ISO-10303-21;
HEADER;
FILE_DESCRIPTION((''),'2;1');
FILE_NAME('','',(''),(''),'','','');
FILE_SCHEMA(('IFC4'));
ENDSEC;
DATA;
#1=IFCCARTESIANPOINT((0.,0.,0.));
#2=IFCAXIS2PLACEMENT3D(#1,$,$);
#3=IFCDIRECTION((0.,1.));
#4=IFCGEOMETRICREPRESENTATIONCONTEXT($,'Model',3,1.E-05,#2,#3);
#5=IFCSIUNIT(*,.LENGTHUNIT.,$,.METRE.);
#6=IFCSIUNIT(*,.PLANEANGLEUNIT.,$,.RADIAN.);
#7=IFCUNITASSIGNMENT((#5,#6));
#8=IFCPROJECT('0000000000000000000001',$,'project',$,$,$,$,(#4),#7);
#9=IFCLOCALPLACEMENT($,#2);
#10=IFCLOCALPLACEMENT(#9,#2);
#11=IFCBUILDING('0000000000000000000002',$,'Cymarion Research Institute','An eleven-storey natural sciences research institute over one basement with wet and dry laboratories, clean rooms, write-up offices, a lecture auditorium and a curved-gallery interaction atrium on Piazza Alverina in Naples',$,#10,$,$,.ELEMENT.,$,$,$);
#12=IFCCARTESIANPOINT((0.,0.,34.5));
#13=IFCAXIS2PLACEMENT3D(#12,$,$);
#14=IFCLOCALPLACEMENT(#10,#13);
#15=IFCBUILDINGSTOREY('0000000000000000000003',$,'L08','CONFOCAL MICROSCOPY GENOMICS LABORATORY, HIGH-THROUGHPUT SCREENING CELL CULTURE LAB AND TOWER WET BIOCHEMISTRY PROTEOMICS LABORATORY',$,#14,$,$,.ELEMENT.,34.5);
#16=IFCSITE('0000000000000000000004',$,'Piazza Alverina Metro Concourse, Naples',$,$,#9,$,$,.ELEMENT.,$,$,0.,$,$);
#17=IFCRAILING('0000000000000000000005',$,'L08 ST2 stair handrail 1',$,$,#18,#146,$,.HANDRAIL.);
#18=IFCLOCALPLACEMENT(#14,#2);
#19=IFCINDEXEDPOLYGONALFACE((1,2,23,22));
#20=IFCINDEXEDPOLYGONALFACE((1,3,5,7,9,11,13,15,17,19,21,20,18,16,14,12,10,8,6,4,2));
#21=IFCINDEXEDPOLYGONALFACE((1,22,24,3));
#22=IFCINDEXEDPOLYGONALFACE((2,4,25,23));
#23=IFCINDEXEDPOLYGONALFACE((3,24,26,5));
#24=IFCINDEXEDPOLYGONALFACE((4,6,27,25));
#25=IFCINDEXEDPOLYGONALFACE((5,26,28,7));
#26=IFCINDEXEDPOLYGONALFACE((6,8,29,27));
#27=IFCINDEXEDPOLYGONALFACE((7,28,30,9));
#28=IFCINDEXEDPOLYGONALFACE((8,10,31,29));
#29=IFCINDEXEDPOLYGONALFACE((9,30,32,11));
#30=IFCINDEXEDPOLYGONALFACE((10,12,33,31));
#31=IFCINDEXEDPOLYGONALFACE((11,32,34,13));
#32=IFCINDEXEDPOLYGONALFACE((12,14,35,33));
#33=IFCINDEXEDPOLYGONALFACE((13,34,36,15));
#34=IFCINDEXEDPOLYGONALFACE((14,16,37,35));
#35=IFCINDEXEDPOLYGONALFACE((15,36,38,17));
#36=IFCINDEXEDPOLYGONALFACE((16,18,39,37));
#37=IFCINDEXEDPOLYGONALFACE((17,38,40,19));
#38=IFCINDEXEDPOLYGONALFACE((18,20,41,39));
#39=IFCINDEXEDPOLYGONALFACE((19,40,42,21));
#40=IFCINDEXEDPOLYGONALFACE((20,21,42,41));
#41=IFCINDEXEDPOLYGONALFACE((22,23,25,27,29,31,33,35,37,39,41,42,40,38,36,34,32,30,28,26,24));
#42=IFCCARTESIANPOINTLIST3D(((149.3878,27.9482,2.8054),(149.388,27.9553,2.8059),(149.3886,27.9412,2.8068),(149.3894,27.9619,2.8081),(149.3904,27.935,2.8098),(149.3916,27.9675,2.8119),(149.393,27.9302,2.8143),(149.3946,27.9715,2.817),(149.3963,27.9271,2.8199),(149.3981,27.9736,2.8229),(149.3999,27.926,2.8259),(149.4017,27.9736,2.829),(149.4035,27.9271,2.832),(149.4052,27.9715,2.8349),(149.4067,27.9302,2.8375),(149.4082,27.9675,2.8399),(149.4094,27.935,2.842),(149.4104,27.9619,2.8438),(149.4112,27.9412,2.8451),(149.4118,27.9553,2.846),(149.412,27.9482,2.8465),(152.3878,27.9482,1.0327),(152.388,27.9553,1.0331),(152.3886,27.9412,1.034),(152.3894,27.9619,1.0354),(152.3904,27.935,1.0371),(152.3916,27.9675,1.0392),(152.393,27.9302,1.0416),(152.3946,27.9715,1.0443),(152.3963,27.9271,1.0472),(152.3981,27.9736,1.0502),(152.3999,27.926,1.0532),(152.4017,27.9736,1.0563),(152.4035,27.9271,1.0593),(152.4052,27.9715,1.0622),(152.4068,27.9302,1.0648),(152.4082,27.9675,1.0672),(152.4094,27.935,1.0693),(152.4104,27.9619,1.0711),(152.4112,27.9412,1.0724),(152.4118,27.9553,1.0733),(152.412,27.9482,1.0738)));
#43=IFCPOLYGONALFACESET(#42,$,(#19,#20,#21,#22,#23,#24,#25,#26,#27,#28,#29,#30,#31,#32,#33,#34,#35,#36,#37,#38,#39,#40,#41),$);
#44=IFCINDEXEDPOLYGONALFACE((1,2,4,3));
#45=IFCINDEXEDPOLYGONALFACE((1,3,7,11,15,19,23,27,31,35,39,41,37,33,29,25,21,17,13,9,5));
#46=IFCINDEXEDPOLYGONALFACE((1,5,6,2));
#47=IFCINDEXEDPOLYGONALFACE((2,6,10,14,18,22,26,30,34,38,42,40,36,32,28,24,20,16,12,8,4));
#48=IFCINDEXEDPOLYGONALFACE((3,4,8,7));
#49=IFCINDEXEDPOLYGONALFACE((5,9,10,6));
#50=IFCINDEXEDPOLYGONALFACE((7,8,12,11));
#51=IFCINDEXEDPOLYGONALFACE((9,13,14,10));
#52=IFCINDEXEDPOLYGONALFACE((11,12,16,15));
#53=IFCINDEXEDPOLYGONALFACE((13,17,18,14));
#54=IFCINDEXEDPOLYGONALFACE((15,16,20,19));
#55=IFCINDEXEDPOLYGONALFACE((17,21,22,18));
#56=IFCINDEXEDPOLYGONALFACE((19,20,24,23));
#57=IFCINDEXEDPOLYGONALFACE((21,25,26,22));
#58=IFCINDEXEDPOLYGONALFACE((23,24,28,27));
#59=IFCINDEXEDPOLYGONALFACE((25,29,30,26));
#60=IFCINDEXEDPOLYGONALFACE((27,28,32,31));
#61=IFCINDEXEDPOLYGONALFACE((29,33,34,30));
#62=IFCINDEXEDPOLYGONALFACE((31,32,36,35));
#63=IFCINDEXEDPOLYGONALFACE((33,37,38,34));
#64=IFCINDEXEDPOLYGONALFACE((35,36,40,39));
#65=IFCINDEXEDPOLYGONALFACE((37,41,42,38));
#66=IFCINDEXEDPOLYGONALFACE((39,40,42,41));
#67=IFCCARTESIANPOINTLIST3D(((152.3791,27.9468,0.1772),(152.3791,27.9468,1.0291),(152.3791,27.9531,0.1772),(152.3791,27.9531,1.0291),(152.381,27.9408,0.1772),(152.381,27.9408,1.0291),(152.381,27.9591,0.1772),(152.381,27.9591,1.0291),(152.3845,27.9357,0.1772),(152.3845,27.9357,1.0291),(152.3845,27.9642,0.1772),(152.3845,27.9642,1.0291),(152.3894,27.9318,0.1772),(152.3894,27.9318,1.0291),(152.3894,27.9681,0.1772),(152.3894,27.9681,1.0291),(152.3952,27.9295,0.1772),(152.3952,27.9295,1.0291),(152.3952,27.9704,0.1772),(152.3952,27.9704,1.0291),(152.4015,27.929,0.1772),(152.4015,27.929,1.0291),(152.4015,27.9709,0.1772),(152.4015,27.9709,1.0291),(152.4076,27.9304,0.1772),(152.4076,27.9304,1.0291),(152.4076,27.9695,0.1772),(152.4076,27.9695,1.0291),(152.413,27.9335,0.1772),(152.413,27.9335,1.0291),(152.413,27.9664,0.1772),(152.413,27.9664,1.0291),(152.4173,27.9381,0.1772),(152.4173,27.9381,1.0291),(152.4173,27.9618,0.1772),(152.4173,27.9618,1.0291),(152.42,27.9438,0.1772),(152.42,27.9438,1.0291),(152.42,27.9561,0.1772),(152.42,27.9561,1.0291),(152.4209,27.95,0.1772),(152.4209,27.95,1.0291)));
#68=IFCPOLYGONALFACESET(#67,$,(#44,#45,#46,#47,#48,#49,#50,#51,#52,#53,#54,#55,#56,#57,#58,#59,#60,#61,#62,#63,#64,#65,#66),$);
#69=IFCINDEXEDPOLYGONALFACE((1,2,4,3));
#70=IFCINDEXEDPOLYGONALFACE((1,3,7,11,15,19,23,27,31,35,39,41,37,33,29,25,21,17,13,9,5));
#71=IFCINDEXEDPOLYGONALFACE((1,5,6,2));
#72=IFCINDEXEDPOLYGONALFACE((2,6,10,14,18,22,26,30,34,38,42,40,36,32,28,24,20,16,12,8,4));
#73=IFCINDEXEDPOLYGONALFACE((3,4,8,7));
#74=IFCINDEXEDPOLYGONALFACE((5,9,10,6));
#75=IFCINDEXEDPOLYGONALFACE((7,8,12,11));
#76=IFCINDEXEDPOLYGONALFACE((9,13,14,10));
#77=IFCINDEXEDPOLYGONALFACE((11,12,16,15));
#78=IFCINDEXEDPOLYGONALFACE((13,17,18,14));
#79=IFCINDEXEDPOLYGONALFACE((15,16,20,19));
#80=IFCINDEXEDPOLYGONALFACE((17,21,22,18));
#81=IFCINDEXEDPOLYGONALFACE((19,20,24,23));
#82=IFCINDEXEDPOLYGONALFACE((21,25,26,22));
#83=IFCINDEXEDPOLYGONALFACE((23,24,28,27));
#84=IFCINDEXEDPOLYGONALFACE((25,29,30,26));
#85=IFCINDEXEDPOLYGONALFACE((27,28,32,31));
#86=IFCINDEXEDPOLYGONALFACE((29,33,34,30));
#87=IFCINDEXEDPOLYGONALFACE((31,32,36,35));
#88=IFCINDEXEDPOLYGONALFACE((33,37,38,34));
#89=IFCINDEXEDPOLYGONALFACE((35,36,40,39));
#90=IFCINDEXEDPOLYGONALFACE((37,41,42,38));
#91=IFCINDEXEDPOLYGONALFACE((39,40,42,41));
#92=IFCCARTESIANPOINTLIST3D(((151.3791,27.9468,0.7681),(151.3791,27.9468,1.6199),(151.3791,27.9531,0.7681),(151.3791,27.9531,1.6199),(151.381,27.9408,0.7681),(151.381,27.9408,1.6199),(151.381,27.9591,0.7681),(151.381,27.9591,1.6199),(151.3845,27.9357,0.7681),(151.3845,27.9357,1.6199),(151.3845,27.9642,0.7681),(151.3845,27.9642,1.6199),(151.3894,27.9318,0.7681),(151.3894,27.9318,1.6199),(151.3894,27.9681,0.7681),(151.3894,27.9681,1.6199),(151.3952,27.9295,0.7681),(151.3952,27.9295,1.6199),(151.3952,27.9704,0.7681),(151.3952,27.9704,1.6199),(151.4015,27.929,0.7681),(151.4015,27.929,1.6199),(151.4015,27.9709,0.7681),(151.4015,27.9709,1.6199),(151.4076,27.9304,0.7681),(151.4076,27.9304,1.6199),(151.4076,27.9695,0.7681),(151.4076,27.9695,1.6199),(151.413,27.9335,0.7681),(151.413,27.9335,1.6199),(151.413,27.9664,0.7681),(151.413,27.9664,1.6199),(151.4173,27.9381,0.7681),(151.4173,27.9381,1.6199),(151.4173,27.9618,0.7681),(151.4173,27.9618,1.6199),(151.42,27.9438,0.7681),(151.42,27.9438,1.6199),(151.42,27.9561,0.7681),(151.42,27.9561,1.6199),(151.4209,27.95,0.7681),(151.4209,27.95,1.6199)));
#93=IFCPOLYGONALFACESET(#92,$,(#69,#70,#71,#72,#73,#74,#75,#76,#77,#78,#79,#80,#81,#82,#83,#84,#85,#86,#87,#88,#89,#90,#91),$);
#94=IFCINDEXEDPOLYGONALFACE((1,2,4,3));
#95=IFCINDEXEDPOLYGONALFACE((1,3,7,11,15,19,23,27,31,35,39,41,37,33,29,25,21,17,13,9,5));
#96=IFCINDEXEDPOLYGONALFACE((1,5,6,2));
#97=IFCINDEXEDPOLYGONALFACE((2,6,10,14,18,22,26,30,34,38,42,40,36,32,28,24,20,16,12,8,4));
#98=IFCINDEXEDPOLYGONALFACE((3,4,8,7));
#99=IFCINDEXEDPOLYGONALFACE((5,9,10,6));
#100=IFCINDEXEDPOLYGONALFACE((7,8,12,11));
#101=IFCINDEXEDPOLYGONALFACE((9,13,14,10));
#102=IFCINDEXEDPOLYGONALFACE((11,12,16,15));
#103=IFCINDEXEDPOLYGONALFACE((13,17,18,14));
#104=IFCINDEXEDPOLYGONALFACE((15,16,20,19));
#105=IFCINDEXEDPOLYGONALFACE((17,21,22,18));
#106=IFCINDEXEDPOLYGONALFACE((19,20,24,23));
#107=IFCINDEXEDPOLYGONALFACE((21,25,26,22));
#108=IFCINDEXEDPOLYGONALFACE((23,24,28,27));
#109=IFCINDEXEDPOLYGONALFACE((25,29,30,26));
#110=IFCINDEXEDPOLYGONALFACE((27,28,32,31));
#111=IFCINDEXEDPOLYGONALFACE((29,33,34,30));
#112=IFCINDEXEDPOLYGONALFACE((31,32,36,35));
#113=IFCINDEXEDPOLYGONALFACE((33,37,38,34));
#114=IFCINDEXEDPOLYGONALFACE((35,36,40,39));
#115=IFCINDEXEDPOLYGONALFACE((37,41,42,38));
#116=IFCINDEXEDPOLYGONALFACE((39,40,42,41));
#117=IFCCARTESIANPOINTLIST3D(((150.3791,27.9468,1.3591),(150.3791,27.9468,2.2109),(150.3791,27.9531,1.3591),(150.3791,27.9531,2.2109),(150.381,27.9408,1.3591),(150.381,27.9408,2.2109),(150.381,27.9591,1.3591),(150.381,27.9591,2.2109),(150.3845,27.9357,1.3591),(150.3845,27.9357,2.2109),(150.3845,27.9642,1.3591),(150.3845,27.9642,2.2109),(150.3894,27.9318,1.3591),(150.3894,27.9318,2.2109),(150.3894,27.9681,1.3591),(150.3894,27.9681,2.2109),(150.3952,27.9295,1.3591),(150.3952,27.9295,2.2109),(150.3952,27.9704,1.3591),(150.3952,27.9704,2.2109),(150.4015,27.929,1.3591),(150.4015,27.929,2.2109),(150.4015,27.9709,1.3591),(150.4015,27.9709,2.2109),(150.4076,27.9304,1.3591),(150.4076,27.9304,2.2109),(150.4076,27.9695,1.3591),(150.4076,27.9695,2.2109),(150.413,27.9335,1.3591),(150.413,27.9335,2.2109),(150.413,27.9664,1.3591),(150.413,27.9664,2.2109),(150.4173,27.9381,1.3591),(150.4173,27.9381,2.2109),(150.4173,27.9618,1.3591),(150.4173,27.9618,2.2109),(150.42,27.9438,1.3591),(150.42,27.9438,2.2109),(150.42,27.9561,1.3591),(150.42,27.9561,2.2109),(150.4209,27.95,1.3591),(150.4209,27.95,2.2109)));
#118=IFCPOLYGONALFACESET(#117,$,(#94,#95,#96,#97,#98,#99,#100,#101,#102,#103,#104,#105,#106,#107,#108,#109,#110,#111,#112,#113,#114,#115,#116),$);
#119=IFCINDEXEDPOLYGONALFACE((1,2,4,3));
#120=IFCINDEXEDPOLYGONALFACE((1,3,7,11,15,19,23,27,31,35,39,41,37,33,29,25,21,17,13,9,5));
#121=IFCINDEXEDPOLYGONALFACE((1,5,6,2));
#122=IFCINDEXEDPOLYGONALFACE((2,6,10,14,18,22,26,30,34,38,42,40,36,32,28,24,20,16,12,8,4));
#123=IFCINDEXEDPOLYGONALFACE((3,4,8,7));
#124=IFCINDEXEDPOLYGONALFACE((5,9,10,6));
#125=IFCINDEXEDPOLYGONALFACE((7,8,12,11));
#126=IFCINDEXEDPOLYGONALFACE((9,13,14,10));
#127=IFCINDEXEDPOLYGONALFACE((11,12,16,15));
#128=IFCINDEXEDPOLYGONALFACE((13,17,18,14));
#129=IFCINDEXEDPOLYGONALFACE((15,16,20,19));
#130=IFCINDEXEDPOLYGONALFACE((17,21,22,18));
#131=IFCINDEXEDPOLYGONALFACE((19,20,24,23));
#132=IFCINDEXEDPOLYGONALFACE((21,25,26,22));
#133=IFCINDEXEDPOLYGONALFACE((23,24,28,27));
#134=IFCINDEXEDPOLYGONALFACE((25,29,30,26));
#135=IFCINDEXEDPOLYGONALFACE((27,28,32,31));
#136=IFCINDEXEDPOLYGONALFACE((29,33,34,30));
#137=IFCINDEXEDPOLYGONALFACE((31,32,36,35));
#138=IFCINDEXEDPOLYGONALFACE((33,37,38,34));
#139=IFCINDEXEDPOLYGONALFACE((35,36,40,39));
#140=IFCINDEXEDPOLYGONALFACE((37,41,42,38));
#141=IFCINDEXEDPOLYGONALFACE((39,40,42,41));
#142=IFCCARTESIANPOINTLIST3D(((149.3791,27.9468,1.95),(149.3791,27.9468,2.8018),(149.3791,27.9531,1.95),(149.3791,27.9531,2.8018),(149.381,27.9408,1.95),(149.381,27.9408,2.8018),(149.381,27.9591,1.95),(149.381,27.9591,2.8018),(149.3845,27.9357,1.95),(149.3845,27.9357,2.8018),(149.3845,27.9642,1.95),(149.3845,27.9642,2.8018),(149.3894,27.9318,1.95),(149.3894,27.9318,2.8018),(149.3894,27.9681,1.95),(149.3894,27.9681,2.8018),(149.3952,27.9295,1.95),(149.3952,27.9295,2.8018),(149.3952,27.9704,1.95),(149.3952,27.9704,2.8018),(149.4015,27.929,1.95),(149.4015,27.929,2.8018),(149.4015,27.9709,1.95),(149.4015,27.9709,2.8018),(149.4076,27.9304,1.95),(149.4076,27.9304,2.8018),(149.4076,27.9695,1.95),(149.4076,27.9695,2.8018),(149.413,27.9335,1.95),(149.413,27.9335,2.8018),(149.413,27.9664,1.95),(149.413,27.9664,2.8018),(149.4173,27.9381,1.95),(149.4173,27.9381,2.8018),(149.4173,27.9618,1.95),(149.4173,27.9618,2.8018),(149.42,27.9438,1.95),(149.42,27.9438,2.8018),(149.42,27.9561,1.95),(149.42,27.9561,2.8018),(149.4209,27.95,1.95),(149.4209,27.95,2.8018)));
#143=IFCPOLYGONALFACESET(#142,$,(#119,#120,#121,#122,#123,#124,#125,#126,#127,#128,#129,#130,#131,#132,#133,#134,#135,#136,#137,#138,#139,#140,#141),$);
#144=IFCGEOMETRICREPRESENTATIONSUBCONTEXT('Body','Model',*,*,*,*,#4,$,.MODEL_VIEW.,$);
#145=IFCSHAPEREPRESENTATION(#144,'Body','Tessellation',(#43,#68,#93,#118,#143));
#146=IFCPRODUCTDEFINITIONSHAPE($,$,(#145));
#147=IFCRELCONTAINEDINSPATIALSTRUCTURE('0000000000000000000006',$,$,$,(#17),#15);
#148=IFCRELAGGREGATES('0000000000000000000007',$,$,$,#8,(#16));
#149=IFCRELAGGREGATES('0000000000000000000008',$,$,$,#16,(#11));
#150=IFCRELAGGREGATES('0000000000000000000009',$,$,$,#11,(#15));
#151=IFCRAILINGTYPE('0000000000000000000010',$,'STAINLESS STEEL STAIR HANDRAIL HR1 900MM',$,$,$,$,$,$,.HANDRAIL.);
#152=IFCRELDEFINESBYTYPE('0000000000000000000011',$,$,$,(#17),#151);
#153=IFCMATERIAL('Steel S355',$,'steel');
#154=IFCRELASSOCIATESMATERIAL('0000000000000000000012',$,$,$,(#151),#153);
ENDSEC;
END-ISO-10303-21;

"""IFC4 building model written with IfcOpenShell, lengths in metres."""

from ifc_helpers import new_model, si_unit, direction, frame, origin, origin_2d, place, context, subcontext, project, spatial, circle, extrude, material, type_object, element, save


model = new_model("IFC4")

# Units and contexts
model_context = context("Model", 3, precision=1e-05, world=origin(), true_north=direction((0.0, 1.0)))
body_context = subcontext(model_context, "Body", "Model", "MODEL_VIEW")
ifc_project = project(units=[si_unit("LENGTHUNIT", "METRE"), si_unit("PLANEANGLEUNIT", "RADIAN")], contexts=[model_context])

# Site, building, storey
site_placement = place(None, origin())
site = spatial("IfcSite", under=ifc_project, at=site_placement, Name="Piazza Alverina Metro Concourse, Naples", CompositionType="ELEMENT", RefElevation=0.0)
building_placement = place(site_placement, origin())
building = spatial("IfcBuilding", under=site, at=building_placement, Name="Cymarion Research Institute", Description="An eleven-storey natural sciences research institute over one basement with wet and dry laboratories, clean rooms, write-up offices, a lecture auditorium and a curved-gallery interaction atrium on Piazza Alverina in Naples", CompositionType="ELEMENT")
storey_placement = place(building_placement, frame((0.0, 0.0, 34.5)))
storey = spatial("IfcBuildingStorey", under=building, at=storey_placement, Name="L08", Description="CONFOCAL MICROSCOPY GENOMICS LABORATORY, HIGH-THROUGHPUT SCREENING CELL CULTURE LAB AND TOWER WET BIOCHEMISTRY PROTEOMICS LABORATORY", CompositionType="ELEMENT", Elevation=34.5)

# Railing
ifc_material_1 = material(Name="Steel S355", Category="steel")
railing_type_1 = type_object("IfcRailingType", Name="STAINLESS STEEL STAIR HANDRAIL HR1 900MM", PredefinedType="HANDRAIL", material=ifc_material_1)
railing_1_placement = place(storey_placement, frame((152.3999, 27.95, 0.1772)))
element("IfcRailing", 1, at=railing_1_placement, inside=storey, type_object=railing_type_1, Name="L08 ST2 stair handrail 1", PredefinedType="HANDRAIL", context=body_context, shape_type="SweptSolid", body=[
    extrude(circle(Radius=0.0239, at=origin_2d()), frame((0.0, 0.0, 0.876), z_axis=(-0.860929, 0.0, 0.508725), x_axis=(0.0, -1.0, 0.0)), (0.0, 0.0, 1.0), 3.4846),
    extrude(circle(Radius=0.021, at=origin_2d()), origin(), (0.0, 0.0, 1.0), 0.8518),
    extrude(circle(Radius=0.021, at=origin_2d()), frame((-1.0, 0.0, 0.5908)), (0.0, 0.0, 1.0), 0.8518),
    extrude(circle(Radius=0.021, at=origin_2d()), frame((-2.0, 0.0, 1.1819)), (0.0, 0.0, 1.0), 0.8518),
    extrude(circle(Radius=0.021, at=origin_2d()), frame((-3.0, 0.0, 1.7727)), (0.0, 0.0, 1.0), 0.8518),
])

save(model, "model.ifc")
